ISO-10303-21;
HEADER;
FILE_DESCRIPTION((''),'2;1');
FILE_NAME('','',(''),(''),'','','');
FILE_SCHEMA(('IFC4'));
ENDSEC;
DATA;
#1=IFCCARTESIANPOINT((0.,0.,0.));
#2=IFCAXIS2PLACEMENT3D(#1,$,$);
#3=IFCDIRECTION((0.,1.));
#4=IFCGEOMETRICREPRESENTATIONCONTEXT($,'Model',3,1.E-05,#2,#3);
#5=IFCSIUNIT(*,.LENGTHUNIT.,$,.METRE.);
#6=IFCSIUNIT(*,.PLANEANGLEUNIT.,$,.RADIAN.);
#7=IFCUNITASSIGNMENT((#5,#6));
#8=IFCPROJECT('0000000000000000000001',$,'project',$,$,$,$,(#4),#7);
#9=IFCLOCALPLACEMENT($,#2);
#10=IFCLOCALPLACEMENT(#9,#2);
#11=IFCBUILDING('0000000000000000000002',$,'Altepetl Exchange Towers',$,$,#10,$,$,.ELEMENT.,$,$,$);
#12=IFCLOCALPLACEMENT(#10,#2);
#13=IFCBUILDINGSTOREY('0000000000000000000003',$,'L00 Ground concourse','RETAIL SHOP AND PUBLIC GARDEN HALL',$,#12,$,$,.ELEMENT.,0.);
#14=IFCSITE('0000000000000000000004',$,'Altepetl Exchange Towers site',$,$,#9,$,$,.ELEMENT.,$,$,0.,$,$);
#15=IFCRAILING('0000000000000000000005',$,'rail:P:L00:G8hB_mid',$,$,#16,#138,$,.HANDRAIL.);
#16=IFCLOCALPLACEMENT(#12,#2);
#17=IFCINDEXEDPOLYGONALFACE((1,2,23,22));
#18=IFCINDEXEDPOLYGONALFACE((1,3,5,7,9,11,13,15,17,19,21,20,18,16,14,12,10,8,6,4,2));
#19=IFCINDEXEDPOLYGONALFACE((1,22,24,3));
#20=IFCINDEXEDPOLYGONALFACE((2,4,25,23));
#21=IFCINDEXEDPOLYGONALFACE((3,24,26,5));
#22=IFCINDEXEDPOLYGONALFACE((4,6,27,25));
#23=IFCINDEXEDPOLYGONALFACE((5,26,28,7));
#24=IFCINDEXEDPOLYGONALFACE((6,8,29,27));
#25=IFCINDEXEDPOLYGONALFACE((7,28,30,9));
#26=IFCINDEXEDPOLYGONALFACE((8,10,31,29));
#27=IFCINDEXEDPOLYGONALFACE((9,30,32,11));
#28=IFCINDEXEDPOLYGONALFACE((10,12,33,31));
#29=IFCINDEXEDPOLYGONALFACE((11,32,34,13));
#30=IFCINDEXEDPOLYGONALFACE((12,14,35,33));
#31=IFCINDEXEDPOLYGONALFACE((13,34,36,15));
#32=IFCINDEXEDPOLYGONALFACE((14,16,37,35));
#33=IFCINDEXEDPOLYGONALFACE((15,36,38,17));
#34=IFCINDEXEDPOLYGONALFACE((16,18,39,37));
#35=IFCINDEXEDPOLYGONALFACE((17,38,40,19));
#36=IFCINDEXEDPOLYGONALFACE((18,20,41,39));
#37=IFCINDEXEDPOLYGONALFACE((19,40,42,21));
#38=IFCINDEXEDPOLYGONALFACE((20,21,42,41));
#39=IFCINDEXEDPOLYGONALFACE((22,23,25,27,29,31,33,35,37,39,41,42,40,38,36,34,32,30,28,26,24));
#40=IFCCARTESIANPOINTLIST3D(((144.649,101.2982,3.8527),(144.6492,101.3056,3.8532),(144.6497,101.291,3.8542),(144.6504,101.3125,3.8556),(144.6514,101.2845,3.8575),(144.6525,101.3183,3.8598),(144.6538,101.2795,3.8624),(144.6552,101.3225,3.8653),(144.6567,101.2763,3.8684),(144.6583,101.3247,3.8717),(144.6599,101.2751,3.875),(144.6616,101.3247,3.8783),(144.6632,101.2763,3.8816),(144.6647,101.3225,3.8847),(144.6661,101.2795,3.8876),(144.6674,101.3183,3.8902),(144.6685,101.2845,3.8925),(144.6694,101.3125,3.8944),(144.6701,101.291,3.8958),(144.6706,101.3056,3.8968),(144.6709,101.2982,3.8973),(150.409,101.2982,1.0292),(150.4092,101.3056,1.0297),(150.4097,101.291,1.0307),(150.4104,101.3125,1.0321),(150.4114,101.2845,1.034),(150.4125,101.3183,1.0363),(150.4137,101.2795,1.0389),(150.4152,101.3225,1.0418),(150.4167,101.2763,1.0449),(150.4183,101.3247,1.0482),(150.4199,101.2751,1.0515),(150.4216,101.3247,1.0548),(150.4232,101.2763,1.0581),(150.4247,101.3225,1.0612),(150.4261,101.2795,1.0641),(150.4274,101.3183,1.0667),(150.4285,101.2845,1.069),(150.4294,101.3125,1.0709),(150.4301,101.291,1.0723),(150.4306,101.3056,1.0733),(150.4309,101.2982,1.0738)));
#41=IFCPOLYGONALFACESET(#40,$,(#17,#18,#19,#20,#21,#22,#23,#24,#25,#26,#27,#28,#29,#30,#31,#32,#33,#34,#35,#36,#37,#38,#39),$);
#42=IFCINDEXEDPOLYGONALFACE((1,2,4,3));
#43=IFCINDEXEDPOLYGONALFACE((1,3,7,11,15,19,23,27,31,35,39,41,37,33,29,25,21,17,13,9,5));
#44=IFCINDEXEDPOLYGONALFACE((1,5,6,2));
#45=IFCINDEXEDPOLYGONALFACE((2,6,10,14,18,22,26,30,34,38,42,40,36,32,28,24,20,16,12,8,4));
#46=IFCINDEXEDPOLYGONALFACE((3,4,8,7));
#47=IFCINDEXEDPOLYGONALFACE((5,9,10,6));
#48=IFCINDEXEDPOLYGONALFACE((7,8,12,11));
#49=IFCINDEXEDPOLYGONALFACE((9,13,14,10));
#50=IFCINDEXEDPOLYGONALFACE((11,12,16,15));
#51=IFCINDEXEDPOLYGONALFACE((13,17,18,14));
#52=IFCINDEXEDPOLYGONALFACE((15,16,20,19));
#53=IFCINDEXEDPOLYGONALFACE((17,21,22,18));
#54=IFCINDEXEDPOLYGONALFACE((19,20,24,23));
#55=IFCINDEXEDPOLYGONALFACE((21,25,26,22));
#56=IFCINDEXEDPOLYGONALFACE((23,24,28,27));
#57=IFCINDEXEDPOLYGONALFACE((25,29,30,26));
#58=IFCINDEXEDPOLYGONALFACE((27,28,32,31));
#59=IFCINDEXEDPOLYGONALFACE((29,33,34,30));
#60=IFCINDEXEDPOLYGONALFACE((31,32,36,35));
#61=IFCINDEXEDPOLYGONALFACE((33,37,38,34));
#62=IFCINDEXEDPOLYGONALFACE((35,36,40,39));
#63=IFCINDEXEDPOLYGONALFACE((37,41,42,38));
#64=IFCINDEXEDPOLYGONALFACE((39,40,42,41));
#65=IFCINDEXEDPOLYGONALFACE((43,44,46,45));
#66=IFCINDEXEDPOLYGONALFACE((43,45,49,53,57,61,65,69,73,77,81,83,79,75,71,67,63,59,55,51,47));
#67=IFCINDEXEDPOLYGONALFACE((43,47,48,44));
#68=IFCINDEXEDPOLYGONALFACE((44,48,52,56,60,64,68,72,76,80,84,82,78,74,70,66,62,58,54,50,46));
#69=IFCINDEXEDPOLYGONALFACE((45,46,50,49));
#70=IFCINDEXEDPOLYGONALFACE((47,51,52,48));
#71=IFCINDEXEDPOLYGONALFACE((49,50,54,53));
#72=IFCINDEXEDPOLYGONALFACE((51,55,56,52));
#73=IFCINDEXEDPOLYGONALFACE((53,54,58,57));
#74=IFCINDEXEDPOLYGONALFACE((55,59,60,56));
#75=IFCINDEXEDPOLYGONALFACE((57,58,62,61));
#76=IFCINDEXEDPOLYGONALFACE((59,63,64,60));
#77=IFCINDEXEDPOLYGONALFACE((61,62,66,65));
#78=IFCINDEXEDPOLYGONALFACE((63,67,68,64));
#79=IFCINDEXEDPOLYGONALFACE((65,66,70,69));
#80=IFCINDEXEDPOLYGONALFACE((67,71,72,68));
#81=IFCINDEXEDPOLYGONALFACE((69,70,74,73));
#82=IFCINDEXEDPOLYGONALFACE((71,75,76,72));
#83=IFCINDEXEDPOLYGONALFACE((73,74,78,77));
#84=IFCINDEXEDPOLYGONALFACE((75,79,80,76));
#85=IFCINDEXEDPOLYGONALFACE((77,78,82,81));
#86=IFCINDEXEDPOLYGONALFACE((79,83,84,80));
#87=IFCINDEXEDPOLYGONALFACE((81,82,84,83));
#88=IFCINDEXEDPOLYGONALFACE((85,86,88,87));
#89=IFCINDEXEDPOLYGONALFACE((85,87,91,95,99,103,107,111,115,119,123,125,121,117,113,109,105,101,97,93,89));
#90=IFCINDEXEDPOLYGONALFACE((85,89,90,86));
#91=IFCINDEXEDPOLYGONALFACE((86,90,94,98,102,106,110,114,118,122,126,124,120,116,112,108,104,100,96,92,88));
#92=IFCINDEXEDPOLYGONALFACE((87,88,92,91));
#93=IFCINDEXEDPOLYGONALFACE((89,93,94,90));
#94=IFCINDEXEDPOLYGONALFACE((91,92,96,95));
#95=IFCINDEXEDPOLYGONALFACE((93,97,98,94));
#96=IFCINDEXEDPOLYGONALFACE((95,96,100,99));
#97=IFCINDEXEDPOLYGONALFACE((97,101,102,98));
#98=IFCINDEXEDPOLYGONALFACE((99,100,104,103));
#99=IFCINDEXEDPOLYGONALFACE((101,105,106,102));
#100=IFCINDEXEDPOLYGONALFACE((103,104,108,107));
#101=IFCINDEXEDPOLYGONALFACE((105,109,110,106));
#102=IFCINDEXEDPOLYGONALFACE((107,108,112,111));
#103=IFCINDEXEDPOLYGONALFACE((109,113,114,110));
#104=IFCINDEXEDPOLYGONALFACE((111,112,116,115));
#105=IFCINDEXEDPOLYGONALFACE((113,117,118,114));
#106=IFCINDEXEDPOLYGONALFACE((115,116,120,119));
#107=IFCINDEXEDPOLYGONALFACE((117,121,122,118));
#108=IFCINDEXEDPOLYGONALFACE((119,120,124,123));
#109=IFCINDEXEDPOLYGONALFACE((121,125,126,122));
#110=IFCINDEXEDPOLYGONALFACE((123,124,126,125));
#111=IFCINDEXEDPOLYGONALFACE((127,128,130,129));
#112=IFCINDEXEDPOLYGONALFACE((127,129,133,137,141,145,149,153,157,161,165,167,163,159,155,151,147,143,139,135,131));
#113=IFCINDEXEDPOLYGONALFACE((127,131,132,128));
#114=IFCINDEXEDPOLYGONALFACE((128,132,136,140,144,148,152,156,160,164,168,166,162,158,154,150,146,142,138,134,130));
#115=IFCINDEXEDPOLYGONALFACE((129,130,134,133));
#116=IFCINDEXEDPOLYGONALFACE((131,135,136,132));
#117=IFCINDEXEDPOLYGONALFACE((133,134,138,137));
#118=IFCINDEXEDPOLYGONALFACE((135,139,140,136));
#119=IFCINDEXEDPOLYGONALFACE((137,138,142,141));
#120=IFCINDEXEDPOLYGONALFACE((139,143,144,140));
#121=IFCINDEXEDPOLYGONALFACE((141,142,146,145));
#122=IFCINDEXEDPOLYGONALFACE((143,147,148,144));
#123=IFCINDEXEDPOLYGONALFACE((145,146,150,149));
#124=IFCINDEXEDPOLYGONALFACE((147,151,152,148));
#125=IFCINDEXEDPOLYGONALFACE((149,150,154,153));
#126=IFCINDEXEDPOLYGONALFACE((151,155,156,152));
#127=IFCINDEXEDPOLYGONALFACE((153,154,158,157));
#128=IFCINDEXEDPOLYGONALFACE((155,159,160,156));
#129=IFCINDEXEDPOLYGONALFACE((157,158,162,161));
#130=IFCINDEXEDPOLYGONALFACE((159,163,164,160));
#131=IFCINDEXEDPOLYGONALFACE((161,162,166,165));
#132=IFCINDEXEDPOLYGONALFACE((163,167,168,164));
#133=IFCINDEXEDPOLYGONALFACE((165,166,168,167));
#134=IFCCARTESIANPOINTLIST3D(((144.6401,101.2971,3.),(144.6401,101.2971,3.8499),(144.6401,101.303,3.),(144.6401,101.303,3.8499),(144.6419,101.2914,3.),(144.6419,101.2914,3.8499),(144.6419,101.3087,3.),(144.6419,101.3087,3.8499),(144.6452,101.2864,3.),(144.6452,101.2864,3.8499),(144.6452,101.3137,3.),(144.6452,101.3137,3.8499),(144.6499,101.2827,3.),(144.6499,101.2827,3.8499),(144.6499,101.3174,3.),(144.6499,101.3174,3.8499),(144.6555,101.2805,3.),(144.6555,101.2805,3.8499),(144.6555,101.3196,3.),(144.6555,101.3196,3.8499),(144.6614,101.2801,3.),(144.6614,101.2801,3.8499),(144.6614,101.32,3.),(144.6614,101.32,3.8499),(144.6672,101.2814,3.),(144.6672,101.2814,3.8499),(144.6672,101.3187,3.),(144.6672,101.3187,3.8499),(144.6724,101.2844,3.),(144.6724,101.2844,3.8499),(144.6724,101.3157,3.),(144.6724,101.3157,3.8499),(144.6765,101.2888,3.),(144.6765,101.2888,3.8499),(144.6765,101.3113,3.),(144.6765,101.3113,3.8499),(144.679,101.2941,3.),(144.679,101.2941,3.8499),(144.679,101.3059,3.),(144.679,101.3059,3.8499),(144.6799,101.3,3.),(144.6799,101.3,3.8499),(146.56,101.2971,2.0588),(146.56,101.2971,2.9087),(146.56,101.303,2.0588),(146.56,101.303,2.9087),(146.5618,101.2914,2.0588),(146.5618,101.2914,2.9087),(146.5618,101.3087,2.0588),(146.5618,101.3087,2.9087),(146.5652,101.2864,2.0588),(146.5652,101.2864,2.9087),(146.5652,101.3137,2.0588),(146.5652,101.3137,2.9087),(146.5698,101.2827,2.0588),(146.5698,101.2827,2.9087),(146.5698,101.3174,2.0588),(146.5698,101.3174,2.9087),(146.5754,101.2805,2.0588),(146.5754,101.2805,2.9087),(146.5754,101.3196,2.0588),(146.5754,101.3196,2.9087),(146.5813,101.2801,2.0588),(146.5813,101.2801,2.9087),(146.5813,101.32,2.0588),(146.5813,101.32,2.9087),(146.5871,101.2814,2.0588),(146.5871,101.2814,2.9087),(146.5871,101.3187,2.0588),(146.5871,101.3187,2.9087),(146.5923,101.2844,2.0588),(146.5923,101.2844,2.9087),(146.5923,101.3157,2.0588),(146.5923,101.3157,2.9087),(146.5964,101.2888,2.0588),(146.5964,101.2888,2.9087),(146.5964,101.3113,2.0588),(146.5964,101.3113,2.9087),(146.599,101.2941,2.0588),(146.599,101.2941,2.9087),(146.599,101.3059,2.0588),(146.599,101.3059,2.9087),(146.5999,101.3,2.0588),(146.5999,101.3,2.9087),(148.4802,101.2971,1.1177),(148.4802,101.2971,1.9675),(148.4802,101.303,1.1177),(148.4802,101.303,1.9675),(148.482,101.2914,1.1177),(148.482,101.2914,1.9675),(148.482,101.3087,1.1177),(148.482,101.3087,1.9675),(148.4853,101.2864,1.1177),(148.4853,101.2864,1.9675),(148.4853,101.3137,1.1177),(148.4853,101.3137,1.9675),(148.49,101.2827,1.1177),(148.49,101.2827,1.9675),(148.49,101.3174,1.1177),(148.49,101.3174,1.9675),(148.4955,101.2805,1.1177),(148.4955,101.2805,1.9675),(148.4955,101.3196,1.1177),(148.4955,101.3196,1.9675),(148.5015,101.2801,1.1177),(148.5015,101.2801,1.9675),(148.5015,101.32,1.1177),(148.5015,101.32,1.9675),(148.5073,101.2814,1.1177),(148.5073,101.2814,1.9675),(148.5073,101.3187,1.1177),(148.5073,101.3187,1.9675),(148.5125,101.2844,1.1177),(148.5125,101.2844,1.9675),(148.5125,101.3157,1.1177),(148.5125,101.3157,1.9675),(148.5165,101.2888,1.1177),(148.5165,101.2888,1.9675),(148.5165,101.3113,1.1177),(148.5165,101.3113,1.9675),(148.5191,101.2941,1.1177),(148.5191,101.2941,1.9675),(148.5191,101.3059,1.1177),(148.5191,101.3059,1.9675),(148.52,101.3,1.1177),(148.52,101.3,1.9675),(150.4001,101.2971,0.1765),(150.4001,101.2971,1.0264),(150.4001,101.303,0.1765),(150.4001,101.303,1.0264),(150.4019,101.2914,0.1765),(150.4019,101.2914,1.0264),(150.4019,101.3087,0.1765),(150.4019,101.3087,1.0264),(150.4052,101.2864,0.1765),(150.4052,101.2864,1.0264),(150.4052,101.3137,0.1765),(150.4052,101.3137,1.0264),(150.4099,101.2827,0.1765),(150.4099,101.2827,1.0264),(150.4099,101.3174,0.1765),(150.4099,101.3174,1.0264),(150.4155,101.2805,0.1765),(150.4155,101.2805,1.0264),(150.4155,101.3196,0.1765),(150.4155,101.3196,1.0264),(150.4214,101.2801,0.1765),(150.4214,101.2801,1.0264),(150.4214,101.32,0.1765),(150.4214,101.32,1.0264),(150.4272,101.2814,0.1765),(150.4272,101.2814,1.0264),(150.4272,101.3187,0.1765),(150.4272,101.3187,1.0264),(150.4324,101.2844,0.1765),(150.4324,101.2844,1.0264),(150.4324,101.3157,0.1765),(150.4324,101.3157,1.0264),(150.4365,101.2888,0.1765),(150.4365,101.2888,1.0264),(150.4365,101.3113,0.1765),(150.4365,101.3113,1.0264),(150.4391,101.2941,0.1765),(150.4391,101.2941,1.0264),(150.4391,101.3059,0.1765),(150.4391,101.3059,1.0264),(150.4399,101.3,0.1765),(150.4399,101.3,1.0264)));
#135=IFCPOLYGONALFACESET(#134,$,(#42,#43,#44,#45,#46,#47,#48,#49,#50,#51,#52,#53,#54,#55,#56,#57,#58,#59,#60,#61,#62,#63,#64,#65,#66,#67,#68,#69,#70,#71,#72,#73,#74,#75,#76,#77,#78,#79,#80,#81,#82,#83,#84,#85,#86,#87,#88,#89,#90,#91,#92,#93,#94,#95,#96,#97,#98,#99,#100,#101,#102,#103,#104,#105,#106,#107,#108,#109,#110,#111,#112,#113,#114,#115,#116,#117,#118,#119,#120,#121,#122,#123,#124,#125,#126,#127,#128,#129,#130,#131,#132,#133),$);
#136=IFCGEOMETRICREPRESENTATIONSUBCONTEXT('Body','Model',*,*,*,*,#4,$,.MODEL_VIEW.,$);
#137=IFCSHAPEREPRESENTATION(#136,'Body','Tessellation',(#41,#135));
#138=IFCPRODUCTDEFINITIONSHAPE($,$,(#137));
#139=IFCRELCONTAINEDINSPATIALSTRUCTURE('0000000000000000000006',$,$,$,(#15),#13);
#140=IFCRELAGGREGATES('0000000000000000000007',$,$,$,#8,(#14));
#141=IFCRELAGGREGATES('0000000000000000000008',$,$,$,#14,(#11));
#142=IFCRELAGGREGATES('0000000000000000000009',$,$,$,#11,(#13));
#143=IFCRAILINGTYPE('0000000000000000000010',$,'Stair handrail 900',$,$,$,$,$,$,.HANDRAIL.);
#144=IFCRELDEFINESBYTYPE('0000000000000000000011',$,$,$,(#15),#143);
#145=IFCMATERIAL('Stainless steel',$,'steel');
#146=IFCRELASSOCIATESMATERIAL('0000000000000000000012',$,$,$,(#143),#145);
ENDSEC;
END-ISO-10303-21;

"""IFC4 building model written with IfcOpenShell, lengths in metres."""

from ifc_helpers import new_model, si_unit, direction, frame, origin, origin_2d, place, context, subcontext, project, spatial, circle, extrude, source, transform, mapped, material, type_object, element, save


model = new_model("IFC4")

# Units and contexts
model_context = context("Model", 3, precision=1e-05, world=origin(), true_north=direction((0.0, 1.0)))
body_context = subcontext(model_context, "Body", "Model", "MODEL_VIEW")
ifc_project = project(units=[si_unit("LENGTHUNIT", "METRE"), si_unit("PLANEANGLEUNIT", "RADIAN")], contexts=[model_context])

# Site, building, storey
site_placement = place(None, origin())
site = spatial("IfcSite", under=ifc_project, at=site_placement, Name="Altepetl Exchange Towers site", CompositionType="ELEMENT", RefElevation=0.0)
building_placement = place(site_placement, origin())
building = spatial("IfcBuilding", under=site, at=building_placement, Name="Altepetl Exchange Towers", CompositionType="ELEMENT")
storey_placement = place(building_placement, origin())
storey = spatial("IfcBuildingStorey", under=building, at=storey_placement, Name="L00 Ground concourse", Description="RETAIL SHOP AND PUBLIC GARDEN HALL", CompositionType="ELEMENT", Elevation=0.0)

# Railing
ifc_material_1 = material(Name="Stainless steel", Category="steel")
railing_type_1 = type_object("IfcRailingType", Name="Stair handrail 900", PredefinedType="HANDRAIL", material=ifc_material_1)
shared_shape_1 = source(origin(), body_context, "Body", "SweptSolid", [
    extrude(circle(Radius=0.02, at=origin_2d()), origin(), (0.0, 0.0, 1.0), 0.8499),
])
for number, where, name in (
    (1, (150.4199, 101.3, 0.1765), "rail:P:L00:G8hB_mid"),
):
    element("IfcRailing", number, at=place(storey_placement, frame(where)), inside=storey, type_object=railing_type_1, Name=name, PredefinedType="HANDRAIL", context=body_context, shape_type="SweptSolid", body=[
        extrude(circle(Radius=0.0249, at=origin_2d()), frame((0.0, 0.0, 0.875), z_axis=(-0.897924, 0.0, 0.440151), x_axis=(0.0, -1.0, 0.0)), (0.0, 0.0, 1.0), 6.4148),
        mapped(shared_shape_1, transform((0.0, 0.0, 0.0))),
        mapped(shared_shape_1, transform((-1.9199, 0.0, 0.9412))),
        mapped(shared_shape_1, transform((-3.8401, 0.0, 1.8823))),
        mapped(shared_shape_1, transform((-5.76, 0.0, 2.8235))),
    ])

save(model, "model.ifc")
